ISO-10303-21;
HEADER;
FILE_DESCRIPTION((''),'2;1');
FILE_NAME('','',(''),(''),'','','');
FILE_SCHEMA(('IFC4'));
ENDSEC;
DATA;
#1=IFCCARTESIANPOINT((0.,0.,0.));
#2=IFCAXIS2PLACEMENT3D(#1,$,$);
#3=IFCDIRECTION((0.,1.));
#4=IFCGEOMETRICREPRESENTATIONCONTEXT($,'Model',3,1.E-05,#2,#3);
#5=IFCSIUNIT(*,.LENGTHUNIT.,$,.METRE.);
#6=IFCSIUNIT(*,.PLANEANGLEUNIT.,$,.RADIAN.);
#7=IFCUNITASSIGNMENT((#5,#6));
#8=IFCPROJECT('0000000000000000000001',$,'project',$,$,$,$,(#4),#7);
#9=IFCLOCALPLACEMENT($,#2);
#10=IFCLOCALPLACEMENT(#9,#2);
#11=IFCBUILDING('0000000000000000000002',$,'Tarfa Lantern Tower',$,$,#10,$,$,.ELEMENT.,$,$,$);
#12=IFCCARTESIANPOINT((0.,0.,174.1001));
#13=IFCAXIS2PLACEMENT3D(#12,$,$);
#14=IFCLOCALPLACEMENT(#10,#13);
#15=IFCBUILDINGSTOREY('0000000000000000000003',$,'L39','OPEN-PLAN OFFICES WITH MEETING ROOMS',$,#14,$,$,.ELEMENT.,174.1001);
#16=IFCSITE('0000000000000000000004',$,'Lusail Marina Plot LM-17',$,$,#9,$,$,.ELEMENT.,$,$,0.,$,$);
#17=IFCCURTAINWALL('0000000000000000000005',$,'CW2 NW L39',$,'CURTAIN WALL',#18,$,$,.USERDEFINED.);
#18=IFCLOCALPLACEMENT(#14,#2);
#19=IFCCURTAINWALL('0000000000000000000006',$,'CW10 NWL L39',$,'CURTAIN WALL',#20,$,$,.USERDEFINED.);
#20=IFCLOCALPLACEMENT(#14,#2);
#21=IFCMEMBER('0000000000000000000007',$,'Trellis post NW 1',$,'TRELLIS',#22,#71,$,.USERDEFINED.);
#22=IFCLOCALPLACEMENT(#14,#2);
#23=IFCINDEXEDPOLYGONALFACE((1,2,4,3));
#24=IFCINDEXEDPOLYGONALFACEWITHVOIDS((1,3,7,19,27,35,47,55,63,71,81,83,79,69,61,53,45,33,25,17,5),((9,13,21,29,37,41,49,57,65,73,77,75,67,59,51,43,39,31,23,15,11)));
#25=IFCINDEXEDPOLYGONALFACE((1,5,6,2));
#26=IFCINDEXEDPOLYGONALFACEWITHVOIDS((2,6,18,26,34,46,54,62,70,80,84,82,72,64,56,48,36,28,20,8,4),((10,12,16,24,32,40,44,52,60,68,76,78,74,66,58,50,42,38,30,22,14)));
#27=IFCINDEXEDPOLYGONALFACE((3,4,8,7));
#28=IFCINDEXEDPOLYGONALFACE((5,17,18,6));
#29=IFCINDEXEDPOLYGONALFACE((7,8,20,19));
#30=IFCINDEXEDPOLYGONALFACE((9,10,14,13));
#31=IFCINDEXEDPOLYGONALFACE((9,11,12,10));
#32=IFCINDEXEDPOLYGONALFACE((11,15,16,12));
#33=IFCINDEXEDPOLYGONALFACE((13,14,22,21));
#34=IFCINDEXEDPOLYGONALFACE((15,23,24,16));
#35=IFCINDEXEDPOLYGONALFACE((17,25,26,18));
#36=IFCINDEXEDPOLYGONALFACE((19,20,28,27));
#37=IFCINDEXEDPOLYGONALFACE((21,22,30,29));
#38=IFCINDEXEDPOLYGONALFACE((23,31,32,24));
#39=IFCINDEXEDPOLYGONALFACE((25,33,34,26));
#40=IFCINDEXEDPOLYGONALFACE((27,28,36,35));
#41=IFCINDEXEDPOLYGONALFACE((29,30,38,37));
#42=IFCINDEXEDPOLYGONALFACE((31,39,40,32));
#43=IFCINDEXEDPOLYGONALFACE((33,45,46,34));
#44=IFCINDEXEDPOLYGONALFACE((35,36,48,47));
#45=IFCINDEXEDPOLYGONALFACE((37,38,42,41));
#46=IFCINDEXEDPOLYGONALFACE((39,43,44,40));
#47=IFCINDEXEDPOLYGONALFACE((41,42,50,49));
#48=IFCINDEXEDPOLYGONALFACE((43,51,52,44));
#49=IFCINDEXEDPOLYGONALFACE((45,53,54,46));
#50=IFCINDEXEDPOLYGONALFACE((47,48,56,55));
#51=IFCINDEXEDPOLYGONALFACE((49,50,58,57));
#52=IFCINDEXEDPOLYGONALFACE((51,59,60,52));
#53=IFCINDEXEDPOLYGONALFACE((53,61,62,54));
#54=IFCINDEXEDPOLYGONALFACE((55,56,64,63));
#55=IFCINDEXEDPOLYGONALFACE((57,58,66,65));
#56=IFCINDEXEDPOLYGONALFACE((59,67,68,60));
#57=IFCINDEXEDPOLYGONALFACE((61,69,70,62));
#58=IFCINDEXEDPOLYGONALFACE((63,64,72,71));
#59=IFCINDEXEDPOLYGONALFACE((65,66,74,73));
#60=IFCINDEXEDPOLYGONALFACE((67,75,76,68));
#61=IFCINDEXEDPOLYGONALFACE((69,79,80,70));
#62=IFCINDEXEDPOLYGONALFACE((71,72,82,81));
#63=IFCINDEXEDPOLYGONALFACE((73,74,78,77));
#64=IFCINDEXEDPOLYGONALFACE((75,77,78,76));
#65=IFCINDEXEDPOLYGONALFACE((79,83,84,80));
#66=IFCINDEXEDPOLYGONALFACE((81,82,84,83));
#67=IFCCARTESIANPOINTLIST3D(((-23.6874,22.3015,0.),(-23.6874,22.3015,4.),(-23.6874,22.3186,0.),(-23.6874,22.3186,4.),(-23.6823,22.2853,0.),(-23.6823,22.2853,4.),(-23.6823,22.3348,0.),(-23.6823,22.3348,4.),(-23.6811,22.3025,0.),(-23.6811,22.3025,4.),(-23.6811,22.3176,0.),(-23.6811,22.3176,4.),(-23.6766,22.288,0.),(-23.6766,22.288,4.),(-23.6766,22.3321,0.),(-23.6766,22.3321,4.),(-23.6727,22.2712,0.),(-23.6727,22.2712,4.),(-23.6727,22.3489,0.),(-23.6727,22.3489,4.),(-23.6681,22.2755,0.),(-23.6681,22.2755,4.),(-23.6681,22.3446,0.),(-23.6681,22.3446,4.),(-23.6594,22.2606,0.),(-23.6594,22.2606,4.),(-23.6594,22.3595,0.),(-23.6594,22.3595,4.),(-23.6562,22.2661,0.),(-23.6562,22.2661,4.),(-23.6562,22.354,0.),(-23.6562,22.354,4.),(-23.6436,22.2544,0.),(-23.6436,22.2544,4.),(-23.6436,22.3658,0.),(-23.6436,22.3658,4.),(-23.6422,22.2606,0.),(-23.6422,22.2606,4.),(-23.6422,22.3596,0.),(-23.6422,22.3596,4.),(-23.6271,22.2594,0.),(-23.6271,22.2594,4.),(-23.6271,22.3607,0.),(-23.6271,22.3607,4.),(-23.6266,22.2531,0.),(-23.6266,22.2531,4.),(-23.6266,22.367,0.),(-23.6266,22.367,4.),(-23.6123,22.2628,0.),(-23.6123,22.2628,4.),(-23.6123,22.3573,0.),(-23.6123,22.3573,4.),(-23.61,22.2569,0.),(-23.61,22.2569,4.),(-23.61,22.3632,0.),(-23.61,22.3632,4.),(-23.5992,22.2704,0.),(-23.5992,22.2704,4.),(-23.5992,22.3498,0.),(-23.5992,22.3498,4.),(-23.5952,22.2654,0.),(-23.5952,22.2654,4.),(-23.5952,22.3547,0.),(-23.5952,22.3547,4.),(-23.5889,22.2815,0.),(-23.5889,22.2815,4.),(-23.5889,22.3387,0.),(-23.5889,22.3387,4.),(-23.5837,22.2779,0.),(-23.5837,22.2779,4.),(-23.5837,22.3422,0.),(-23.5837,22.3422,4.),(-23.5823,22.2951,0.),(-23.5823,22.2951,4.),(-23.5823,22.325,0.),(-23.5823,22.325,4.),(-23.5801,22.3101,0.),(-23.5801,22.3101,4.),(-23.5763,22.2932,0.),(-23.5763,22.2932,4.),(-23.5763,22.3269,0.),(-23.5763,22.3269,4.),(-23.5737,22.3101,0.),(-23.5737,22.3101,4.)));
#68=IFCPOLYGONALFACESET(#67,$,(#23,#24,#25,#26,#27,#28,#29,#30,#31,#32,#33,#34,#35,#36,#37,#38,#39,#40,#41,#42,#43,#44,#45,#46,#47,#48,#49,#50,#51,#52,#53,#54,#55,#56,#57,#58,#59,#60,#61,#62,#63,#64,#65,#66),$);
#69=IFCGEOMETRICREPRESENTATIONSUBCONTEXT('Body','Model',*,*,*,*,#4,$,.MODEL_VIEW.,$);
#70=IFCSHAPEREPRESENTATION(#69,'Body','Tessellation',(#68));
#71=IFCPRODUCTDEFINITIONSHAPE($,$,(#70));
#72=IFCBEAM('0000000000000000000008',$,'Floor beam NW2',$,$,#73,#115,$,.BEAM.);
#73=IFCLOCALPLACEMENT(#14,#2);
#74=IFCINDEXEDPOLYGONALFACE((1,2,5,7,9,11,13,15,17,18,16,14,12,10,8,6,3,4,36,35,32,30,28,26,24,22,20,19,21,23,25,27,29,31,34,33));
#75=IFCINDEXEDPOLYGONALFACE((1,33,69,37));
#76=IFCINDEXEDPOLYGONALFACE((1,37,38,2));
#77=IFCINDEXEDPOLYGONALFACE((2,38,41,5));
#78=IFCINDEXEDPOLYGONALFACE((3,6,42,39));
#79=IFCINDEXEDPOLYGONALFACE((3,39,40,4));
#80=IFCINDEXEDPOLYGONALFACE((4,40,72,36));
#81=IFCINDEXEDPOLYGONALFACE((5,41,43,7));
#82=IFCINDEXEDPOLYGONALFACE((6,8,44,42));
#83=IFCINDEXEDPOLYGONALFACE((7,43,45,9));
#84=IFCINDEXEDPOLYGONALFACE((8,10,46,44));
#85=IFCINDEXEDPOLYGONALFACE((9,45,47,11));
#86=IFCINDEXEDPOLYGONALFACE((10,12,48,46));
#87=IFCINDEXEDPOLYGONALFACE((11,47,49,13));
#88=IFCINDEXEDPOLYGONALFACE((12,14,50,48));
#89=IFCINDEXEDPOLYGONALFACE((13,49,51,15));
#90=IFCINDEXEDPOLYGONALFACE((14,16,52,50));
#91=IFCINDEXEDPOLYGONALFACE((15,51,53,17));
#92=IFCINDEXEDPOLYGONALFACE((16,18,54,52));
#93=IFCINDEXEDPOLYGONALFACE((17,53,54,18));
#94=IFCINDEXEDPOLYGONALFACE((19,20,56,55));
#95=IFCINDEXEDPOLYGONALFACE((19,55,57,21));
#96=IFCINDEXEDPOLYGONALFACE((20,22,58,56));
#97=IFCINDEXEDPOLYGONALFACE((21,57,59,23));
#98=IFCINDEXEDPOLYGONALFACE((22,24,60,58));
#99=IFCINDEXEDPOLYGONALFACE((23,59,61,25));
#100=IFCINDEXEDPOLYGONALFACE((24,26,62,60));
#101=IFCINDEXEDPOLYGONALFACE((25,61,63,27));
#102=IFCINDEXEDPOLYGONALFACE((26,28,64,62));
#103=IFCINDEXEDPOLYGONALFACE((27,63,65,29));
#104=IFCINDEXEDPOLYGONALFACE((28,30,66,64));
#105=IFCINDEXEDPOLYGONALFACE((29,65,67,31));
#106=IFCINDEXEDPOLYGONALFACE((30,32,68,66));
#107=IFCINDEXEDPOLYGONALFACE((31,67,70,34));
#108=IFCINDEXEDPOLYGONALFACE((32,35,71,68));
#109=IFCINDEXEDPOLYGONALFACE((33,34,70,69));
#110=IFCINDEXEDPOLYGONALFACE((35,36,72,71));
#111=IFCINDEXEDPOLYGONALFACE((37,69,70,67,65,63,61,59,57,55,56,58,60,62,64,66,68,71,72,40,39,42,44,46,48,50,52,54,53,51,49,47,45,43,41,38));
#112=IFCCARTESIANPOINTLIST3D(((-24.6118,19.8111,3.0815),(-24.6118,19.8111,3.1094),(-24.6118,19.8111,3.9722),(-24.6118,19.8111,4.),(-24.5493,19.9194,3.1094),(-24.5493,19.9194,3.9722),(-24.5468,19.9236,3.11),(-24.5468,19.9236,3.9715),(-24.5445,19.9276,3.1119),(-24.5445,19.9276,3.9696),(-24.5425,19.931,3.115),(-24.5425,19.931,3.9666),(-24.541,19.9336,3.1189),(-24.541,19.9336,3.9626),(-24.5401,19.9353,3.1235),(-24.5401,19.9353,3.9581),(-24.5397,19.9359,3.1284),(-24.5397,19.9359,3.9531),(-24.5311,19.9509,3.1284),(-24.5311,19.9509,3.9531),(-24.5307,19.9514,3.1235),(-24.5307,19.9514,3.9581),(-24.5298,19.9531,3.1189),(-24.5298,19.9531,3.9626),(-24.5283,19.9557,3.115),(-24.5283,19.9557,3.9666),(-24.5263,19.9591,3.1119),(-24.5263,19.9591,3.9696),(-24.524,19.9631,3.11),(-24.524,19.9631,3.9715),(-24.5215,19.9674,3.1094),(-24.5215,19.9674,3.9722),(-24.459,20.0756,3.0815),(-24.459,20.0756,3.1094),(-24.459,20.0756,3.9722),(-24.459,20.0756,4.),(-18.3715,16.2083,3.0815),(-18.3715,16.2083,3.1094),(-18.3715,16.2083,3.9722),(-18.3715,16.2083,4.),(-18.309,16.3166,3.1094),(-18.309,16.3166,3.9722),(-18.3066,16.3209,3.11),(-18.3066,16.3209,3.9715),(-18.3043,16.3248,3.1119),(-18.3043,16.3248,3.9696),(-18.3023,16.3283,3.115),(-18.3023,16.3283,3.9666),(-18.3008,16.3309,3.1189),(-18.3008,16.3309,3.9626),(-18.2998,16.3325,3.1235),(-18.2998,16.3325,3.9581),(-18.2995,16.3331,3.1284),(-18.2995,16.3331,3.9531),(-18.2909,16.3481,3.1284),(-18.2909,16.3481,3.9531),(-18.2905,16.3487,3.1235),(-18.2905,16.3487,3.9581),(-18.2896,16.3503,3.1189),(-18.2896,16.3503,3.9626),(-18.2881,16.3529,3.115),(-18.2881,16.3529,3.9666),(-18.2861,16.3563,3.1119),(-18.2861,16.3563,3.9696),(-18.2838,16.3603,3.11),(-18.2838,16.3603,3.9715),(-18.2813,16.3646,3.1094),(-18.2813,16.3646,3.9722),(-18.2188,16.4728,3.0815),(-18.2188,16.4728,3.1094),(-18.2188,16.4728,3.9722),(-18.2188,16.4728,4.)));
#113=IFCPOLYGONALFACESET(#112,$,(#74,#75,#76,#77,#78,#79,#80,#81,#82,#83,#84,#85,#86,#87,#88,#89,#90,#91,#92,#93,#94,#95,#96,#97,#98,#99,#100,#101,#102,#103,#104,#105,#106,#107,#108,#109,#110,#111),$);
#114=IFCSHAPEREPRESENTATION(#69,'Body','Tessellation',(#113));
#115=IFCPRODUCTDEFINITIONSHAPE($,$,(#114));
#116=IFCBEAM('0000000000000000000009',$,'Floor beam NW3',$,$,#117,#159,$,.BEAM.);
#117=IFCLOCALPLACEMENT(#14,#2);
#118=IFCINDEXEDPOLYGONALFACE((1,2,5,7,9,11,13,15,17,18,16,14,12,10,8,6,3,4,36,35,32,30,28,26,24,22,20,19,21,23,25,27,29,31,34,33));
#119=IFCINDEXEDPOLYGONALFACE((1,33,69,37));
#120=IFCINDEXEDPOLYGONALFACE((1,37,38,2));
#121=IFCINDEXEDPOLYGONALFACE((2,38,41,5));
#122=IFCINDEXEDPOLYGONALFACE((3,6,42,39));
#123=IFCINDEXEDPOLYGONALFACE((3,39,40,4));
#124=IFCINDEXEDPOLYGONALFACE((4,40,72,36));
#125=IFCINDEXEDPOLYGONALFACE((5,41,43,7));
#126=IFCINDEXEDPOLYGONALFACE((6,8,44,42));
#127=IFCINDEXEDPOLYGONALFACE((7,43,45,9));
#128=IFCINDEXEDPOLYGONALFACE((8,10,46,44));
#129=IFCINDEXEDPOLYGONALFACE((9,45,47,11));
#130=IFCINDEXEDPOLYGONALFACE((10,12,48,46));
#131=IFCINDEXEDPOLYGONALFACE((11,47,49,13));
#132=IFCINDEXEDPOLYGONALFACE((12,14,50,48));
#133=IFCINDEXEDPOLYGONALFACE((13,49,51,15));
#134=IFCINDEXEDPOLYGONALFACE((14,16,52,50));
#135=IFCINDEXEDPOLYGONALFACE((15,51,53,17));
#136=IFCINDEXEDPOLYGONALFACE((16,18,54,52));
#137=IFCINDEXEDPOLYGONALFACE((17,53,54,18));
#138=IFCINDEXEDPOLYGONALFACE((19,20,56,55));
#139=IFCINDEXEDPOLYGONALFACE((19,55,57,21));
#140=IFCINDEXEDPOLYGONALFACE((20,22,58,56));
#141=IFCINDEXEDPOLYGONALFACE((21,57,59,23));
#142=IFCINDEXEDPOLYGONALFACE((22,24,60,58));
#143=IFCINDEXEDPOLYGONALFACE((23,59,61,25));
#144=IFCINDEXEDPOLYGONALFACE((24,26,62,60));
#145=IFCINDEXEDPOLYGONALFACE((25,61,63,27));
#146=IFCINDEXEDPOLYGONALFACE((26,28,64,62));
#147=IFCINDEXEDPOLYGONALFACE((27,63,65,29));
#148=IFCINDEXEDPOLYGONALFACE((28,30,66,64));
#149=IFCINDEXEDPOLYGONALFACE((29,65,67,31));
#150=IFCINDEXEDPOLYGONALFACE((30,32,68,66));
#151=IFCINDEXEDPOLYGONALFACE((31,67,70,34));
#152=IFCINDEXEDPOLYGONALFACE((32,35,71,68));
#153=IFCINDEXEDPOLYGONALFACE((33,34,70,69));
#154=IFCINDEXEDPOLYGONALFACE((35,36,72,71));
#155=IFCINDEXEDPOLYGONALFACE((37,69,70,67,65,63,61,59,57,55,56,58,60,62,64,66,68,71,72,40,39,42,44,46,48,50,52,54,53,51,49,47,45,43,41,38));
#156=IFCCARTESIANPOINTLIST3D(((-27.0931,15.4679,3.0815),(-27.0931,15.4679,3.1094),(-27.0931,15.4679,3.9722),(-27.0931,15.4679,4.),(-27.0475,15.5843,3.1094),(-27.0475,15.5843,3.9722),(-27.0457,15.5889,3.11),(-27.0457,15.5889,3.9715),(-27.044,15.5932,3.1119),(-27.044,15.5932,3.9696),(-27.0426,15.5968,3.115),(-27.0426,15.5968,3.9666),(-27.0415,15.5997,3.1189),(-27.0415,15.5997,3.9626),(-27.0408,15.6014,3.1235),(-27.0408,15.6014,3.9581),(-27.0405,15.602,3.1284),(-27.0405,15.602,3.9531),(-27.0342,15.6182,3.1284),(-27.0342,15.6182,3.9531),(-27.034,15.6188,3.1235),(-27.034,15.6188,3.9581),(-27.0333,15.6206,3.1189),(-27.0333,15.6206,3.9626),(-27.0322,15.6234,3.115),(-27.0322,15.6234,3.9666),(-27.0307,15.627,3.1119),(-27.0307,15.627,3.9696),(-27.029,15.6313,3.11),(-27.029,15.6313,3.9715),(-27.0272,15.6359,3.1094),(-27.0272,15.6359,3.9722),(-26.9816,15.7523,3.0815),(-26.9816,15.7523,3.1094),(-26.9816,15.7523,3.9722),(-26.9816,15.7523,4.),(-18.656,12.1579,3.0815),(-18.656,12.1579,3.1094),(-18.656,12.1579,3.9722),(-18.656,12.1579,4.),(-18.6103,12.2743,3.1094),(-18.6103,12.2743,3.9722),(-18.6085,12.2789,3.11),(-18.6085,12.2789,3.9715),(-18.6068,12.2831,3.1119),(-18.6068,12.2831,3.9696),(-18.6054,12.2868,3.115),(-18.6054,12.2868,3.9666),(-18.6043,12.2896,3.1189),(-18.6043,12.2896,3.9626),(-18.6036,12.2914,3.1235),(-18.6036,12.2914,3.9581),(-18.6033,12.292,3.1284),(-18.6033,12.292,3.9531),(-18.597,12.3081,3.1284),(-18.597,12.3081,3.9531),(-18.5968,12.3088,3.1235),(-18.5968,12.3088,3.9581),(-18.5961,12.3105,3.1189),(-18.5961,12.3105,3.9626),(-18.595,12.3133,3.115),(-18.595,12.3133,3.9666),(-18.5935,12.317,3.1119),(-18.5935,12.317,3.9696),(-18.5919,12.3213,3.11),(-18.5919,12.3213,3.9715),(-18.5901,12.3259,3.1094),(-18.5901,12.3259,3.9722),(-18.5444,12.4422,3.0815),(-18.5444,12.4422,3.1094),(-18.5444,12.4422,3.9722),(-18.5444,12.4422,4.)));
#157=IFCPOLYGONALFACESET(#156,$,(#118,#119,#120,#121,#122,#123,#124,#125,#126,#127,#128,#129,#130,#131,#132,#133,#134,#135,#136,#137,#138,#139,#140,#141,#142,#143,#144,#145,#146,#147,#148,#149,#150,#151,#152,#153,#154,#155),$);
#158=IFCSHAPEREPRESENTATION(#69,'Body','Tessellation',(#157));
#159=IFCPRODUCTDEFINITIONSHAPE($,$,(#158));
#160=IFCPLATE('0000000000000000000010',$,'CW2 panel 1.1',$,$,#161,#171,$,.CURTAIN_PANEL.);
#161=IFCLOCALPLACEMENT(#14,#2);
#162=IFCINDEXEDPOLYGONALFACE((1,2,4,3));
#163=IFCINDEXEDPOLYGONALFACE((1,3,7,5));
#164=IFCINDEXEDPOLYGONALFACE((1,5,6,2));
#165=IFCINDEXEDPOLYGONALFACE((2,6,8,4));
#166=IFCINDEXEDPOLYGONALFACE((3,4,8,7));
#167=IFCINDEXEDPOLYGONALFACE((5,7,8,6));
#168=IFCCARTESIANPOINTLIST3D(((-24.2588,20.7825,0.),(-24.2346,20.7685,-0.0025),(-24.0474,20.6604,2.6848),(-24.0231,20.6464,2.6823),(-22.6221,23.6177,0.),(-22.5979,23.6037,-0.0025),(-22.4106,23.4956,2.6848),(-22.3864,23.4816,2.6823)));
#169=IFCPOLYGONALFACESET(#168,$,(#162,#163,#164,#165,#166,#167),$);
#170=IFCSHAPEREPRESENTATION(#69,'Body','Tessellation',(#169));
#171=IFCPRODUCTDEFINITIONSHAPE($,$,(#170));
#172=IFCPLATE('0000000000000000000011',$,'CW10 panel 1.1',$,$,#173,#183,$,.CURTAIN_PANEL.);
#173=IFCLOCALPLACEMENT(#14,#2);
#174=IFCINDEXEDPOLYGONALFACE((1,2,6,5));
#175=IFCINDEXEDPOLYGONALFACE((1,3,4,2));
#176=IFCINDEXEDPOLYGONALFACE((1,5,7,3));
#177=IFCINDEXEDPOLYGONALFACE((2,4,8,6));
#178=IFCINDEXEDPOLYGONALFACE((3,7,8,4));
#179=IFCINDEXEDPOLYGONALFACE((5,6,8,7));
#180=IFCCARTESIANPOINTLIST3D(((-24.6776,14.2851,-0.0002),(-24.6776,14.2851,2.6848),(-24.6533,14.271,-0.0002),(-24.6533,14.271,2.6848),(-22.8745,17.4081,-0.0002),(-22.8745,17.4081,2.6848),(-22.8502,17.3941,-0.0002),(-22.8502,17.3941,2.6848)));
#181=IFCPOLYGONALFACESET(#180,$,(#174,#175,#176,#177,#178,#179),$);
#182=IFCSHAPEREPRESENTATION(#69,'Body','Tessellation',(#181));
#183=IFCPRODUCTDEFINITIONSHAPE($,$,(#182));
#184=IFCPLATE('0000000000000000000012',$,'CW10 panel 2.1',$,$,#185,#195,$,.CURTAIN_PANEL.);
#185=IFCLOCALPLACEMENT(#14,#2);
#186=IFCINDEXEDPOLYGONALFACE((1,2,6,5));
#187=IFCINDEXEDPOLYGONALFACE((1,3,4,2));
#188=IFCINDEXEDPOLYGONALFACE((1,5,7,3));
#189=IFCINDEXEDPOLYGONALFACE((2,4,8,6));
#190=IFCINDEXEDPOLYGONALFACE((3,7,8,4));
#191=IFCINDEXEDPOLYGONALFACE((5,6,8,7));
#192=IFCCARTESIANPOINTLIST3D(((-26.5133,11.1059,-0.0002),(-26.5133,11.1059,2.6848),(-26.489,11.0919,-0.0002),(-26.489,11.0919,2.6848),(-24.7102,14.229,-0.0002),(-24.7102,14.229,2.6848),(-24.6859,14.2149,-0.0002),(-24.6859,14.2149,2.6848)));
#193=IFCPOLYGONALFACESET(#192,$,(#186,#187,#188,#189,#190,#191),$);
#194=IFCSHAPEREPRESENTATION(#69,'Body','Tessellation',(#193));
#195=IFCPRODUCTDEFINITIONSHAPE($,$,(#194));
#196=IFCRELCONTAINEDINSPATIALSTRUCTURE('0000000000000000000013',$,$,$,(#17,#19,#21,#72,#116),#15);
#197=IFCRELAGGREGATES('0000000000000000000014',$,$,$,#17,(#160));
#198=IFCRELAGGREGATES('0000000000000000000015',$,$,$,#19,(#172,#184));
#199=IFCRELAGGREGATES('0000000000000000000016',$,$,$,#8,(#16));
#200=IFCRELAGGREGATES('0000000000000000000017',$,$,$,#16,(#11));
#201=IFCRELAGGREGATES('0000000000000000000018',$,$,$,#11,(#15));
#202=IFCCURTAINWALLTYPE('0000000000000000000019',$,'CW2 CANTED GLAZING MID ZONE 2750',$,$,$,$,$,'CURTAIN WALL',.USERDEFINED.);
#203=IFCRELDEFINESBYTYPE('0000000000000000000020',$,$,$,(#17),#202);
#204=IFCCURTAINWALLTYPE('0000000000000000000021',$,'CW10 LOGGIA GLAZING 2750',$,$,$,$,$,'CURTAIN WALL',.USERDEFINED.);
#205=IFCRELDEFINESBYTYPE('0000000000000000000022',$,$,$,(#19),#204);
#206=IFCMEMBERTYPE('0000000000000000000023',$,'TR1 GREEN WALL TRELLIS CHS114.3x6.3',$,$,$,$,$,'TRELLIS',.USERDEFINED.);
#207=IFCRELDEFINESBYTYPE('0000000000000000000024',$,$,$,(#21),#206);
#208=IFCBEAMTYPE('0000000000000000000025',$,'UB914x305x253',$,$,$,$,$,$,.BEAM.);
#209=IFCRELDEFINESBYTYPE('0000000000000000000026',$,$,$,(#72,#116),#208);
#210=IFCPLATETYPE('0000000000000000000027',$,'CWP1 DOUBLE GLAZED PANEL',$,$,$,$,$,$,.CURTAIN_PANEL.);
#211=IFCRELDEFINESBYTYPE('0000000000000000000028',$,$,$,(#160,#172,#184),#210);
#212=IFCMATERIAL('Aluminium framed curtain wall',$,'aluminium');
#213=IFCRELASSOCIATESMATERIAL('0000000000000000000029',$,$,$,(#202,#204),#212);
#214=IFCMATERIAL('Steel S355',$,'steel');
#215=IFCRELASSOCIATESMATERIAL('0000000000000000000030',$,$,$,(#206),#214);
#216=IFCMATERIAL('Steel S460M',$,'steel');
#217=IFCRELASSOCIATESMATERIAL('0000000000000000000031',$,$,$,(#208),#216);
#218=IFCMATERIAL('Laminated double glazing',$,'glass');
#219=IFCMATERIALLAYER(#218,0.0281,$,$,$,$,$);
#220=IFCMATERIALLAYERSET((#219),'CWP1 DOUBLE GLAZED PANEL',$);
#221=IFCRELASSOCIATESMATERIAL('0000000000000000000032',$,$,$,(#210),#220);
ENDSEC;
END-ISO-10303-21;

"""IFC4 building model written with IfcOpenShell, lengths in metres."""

from ifc_helpers import new_model, si_unit, direction, frame, origin, origin_2d, place, context, subcontext, project, spatial, polyline, rectangle, hollow_circle, i_section, outline, extrude, material, layer, layer_set, material_profile, profile_set, type_object, element, aggregate, save


model = new_model("IFC4")

# Units and contexts
model_context = context("Model", 3, precision=1e-05, world=origin(), true_north=direction((0.0, 1.0)))
body_context = subcontext(model_context, "Body", "Model", "MODEL_VIEW")
ifc_project = project(units=[si_unit("LENGTHUNIT", "METRE"), si_unit("PLANEANGLEUNIT", "RADIAN")], contexts=[model_context])

# Site, building, storey
site_placement = place(None, origin())
site = spatial("IfcSite", under=ifc_project, at=site_placement, Name="Lusail Marina Plot LM-17", CompositionType="ELEMENT", RefElevation=0.0)
building_placement = place(site_placement, origin())
building = spatial("IfcBuilding", under=site, at=building_placement, Name="Tarfa Lantern Tower", CompositionType="ELEMENT")
storey_placement = place(building_placement, frame((0.0, 0.0, 174.1001)))
storey = spatial("IfcBuildingStorey", under=building, at=storey_placement, Name="L39", Description="OPEN-PLAN OFFICES WITH MEETING ROOMS", CompositionType="ELEMENT", Elevation=174.1001)

# Curtain walls
ifc_material_1 = material(Name="Aluminium framed curtain wall", Category="aluminium")
curtain_wall_type_1 = type_object("IfcCurtainWallType", Name="CW2 CANTED GLAZING MID ZONE 2750", ElementType="CURTAIN WALL", PredefinedType="USERDEFINED", material=ifc_material_1)
curtain_wall_1_placement = place(storey_placement, origin())
curtain_wall_1 = element("IfcCurtainWall", 1, at=curtain_wall_1_placement, inside=storey, type_object=curtain_wall_type_1, Name="CW2 NW L39", ObjectType="CURTAIN WALL", PredefinedType="USERDEFINED")
curtain_wall_type_2 = type_object("IfcCurtainWallType", Name="CW10 LOGGIA GLAZING 2750", ElementType="CURTAIN WALL", PredefinedType="USERDEFINED", material=ifc_material_1)
curtain_wall_2_placement = place(storey_placement, origin())
curtain_wall_2 = element("IfcCurtainWall", 2, at=curtain_wall_2_placement, inside=storey, type_object=curtain_wall_type_2, Name="CW10 NWL L39", ObjectType="CURTAIN WALL", PredefinedType="USERDEFINED")

# Member
ifc_material_2 = material(Name="Steel S355", Category="steel")
ifc_material_profile_1 = material_profile(ifc_material_2, hollow_circle(Radius=0.0571, WallThickness=0.0063, at=origin_2d()), Name="CHS114.3x6.3")
ifc_profile_set_1 = profile_set([ifc_material_profile_1], Name="Steel S355")
member_type_1 = type_object("IfcMemberType", Name="TR1 GREEN WALL TRELLIS CHS114.3x6.3", ElementType="TRELLIS", PredefinedType="USERDEFINED", material=ifc_profile_set_1)
member_1_placement = place(storey_placement, frame((-23.6309, 22.3101, 0.0), z_axis=(0.0, 0.0, 1.0), x_axis=(1.0, 0.0, 0.0)))
element("IfcMember", 3, at=member_1_placement, inside=storey, type_object=member_type_1, Name="Trellis post NW 1", ObjectType="TRELLIS", PredefinedType="USERDEFINED", context=body_context, shape_type="SweptSolid", body=[
    extrude(hollow_circle(Radius=0.0571, WallThickness=0.0063, at=origin_2d()), origin(), (0.0, 0.0, 1.0), 4.0),
])

# Beams
ifc_material_3 = material(Name="Steel S460M", Category="steel")
ifc_material_profile_2 = material_profile(ifc_material_3, i_section(OverallWidth=0.3054, OverallDepth=0.9185, WebThickness=0.0173, FlangeThickness=0.0278, FilletRadius=0.019, at=origin_2d()), Name="UB914x305x253")
ifc_profile_set_2 = profile_set([ifc_material_profile_2], Name="Steel S460M")
beam_type_1 = type_object("IfcBeamType", Name="UB914x305x253", PredefinedType="BEAM", material=ifc_profile_set_2)
beam_1_placement = place(storey_placement, frame((-24.5354, 19.9434, 3.5408), z_axis=(0.866026, -0.499998, 0.0), x_axis=(0.499998, 0.866026, 0.0)))
element("IfcBeam", 4, at=beam_1_placement, inside=storey, type_object=beam_type_1, Name="Floor beam NW2", PredefinedType="BEAM", context=body_context, shape_type="SweptSolid", body=[
    extrude(i_section(OverallWidth=0.3054, OverallDepth=0.9185, WebThickness=0.0173, FlangeThickness=0.0278, FilletRadius=0.019, at=origin_2d()), origin(), (0.0, 0.0, 1.0), 7.2056),
])
beam_2_placement = place(storey_placement, frame((-27.0374, 15.6101, 3.5408), z_axis=(0.930923, -0.365215, 0.0), x_axis=(0.365215, 0.930923, 0.0)))
element("IfcBeam", 5, at=beam_2_placement, inside=storey, type_object=beam_type_1, Name="Floor beam NW3", PredefinedType="BEAM", context=body_context, shape_type="SweptSolid", body=[
    extrude(i_section(OverallWidth=0.3054, OverallDepth=0.9185, WebThickness=0.0173, FlangeThickness=0.0278, FilletRadius=0.019, at=origin_2d()), origin(), (0.0, 0.0, 1.0), 9.0632),
])

# Plates
ifc_material_4 = material(Name="Laminated double glazing", Category="glass")
ifc_layer_1 = layer(ifc_material_4, 0.0281)
ifc_layer_set_1 = layer_set([ifc_layer_1], Name="CWP1 DOUBLE GLAZED PANEL")
plate_type_1 = type_object("IfcPlateType", Name="CWP1 DOUBLE GLAZED PANEL", PredefinedType="CURTAIN_PANEL", material=ifc_layer_set_1)
plate_1_placement = place(storey_placement, frame((-22.6221, 23.6177, 0.0), z_axis=(-0.862492, 0.497903, 0.090558), x_axis=(-0.499957, -0.86605, 0.0)))
plate_1 = element("IfcPlate", 6, at=plate_1_placement, type_object=plate_type_1, Name="CW2 panel 1.1", PredefinedType="CURTAIN_PANEL", context=body_context, shape_type="SweptSolid", body=[
    extrude(outline(polyline([(0.0, 0.0), (3.2737, 0.0), (3.2737, 2.6959), (0.0, 2.6959), (0.0, 0.0)])), origin(), (0.0, 0.0, -1.0), 0.0281),
])
aggregate(curtain_wall_1, [plate_1])
plate_2_placement = place(storey_placement, frame((-23.7639, 15.8396, -0.0002), z_axis=(0.0, 0.0, 1.0), x_axis=(-0.5, -0.866025, 0.0)))
plate_2 = element("IfcPlate", 7, at=plate_2_placement, type_object=plate_type_1, Name="CW10 panel 1.1", PredefinedType="CURTAIN_PANEL", context=body_context, shape_type="SweptSolid", body=[
    extrude(rectangle(XDim=3.6062, YDim=0.0281, at=origin_2d()), origin(), (0.0, 0.0, 1.0), 2.6851),
])
plate_3_placement = place(storey_placement, frame((-25.5996, 12.6604, -0.0002), z_axis=(0.0, 0.0, 1.0), x_axis=(-0.5, -0.866025, 0.0)))
plate_3 = element("IfcPlate", 8, at=plate_3_placement, type_object=plate_type_1, Name="CW10 panel 2.1", PredefinedType="CURTAIN_PANEL", context=body_context, shape_type="SweptSolid", body=[
    extrude(rectangle(XDim=3.6062, YDim=0.0281, at=origin_2d()), origin(), (0.0, 0.0, 1.0), 2.6851),
])
aggregate(curtain_wall_2, [plate_2, plate_3])

save(model, "model.ifc")
